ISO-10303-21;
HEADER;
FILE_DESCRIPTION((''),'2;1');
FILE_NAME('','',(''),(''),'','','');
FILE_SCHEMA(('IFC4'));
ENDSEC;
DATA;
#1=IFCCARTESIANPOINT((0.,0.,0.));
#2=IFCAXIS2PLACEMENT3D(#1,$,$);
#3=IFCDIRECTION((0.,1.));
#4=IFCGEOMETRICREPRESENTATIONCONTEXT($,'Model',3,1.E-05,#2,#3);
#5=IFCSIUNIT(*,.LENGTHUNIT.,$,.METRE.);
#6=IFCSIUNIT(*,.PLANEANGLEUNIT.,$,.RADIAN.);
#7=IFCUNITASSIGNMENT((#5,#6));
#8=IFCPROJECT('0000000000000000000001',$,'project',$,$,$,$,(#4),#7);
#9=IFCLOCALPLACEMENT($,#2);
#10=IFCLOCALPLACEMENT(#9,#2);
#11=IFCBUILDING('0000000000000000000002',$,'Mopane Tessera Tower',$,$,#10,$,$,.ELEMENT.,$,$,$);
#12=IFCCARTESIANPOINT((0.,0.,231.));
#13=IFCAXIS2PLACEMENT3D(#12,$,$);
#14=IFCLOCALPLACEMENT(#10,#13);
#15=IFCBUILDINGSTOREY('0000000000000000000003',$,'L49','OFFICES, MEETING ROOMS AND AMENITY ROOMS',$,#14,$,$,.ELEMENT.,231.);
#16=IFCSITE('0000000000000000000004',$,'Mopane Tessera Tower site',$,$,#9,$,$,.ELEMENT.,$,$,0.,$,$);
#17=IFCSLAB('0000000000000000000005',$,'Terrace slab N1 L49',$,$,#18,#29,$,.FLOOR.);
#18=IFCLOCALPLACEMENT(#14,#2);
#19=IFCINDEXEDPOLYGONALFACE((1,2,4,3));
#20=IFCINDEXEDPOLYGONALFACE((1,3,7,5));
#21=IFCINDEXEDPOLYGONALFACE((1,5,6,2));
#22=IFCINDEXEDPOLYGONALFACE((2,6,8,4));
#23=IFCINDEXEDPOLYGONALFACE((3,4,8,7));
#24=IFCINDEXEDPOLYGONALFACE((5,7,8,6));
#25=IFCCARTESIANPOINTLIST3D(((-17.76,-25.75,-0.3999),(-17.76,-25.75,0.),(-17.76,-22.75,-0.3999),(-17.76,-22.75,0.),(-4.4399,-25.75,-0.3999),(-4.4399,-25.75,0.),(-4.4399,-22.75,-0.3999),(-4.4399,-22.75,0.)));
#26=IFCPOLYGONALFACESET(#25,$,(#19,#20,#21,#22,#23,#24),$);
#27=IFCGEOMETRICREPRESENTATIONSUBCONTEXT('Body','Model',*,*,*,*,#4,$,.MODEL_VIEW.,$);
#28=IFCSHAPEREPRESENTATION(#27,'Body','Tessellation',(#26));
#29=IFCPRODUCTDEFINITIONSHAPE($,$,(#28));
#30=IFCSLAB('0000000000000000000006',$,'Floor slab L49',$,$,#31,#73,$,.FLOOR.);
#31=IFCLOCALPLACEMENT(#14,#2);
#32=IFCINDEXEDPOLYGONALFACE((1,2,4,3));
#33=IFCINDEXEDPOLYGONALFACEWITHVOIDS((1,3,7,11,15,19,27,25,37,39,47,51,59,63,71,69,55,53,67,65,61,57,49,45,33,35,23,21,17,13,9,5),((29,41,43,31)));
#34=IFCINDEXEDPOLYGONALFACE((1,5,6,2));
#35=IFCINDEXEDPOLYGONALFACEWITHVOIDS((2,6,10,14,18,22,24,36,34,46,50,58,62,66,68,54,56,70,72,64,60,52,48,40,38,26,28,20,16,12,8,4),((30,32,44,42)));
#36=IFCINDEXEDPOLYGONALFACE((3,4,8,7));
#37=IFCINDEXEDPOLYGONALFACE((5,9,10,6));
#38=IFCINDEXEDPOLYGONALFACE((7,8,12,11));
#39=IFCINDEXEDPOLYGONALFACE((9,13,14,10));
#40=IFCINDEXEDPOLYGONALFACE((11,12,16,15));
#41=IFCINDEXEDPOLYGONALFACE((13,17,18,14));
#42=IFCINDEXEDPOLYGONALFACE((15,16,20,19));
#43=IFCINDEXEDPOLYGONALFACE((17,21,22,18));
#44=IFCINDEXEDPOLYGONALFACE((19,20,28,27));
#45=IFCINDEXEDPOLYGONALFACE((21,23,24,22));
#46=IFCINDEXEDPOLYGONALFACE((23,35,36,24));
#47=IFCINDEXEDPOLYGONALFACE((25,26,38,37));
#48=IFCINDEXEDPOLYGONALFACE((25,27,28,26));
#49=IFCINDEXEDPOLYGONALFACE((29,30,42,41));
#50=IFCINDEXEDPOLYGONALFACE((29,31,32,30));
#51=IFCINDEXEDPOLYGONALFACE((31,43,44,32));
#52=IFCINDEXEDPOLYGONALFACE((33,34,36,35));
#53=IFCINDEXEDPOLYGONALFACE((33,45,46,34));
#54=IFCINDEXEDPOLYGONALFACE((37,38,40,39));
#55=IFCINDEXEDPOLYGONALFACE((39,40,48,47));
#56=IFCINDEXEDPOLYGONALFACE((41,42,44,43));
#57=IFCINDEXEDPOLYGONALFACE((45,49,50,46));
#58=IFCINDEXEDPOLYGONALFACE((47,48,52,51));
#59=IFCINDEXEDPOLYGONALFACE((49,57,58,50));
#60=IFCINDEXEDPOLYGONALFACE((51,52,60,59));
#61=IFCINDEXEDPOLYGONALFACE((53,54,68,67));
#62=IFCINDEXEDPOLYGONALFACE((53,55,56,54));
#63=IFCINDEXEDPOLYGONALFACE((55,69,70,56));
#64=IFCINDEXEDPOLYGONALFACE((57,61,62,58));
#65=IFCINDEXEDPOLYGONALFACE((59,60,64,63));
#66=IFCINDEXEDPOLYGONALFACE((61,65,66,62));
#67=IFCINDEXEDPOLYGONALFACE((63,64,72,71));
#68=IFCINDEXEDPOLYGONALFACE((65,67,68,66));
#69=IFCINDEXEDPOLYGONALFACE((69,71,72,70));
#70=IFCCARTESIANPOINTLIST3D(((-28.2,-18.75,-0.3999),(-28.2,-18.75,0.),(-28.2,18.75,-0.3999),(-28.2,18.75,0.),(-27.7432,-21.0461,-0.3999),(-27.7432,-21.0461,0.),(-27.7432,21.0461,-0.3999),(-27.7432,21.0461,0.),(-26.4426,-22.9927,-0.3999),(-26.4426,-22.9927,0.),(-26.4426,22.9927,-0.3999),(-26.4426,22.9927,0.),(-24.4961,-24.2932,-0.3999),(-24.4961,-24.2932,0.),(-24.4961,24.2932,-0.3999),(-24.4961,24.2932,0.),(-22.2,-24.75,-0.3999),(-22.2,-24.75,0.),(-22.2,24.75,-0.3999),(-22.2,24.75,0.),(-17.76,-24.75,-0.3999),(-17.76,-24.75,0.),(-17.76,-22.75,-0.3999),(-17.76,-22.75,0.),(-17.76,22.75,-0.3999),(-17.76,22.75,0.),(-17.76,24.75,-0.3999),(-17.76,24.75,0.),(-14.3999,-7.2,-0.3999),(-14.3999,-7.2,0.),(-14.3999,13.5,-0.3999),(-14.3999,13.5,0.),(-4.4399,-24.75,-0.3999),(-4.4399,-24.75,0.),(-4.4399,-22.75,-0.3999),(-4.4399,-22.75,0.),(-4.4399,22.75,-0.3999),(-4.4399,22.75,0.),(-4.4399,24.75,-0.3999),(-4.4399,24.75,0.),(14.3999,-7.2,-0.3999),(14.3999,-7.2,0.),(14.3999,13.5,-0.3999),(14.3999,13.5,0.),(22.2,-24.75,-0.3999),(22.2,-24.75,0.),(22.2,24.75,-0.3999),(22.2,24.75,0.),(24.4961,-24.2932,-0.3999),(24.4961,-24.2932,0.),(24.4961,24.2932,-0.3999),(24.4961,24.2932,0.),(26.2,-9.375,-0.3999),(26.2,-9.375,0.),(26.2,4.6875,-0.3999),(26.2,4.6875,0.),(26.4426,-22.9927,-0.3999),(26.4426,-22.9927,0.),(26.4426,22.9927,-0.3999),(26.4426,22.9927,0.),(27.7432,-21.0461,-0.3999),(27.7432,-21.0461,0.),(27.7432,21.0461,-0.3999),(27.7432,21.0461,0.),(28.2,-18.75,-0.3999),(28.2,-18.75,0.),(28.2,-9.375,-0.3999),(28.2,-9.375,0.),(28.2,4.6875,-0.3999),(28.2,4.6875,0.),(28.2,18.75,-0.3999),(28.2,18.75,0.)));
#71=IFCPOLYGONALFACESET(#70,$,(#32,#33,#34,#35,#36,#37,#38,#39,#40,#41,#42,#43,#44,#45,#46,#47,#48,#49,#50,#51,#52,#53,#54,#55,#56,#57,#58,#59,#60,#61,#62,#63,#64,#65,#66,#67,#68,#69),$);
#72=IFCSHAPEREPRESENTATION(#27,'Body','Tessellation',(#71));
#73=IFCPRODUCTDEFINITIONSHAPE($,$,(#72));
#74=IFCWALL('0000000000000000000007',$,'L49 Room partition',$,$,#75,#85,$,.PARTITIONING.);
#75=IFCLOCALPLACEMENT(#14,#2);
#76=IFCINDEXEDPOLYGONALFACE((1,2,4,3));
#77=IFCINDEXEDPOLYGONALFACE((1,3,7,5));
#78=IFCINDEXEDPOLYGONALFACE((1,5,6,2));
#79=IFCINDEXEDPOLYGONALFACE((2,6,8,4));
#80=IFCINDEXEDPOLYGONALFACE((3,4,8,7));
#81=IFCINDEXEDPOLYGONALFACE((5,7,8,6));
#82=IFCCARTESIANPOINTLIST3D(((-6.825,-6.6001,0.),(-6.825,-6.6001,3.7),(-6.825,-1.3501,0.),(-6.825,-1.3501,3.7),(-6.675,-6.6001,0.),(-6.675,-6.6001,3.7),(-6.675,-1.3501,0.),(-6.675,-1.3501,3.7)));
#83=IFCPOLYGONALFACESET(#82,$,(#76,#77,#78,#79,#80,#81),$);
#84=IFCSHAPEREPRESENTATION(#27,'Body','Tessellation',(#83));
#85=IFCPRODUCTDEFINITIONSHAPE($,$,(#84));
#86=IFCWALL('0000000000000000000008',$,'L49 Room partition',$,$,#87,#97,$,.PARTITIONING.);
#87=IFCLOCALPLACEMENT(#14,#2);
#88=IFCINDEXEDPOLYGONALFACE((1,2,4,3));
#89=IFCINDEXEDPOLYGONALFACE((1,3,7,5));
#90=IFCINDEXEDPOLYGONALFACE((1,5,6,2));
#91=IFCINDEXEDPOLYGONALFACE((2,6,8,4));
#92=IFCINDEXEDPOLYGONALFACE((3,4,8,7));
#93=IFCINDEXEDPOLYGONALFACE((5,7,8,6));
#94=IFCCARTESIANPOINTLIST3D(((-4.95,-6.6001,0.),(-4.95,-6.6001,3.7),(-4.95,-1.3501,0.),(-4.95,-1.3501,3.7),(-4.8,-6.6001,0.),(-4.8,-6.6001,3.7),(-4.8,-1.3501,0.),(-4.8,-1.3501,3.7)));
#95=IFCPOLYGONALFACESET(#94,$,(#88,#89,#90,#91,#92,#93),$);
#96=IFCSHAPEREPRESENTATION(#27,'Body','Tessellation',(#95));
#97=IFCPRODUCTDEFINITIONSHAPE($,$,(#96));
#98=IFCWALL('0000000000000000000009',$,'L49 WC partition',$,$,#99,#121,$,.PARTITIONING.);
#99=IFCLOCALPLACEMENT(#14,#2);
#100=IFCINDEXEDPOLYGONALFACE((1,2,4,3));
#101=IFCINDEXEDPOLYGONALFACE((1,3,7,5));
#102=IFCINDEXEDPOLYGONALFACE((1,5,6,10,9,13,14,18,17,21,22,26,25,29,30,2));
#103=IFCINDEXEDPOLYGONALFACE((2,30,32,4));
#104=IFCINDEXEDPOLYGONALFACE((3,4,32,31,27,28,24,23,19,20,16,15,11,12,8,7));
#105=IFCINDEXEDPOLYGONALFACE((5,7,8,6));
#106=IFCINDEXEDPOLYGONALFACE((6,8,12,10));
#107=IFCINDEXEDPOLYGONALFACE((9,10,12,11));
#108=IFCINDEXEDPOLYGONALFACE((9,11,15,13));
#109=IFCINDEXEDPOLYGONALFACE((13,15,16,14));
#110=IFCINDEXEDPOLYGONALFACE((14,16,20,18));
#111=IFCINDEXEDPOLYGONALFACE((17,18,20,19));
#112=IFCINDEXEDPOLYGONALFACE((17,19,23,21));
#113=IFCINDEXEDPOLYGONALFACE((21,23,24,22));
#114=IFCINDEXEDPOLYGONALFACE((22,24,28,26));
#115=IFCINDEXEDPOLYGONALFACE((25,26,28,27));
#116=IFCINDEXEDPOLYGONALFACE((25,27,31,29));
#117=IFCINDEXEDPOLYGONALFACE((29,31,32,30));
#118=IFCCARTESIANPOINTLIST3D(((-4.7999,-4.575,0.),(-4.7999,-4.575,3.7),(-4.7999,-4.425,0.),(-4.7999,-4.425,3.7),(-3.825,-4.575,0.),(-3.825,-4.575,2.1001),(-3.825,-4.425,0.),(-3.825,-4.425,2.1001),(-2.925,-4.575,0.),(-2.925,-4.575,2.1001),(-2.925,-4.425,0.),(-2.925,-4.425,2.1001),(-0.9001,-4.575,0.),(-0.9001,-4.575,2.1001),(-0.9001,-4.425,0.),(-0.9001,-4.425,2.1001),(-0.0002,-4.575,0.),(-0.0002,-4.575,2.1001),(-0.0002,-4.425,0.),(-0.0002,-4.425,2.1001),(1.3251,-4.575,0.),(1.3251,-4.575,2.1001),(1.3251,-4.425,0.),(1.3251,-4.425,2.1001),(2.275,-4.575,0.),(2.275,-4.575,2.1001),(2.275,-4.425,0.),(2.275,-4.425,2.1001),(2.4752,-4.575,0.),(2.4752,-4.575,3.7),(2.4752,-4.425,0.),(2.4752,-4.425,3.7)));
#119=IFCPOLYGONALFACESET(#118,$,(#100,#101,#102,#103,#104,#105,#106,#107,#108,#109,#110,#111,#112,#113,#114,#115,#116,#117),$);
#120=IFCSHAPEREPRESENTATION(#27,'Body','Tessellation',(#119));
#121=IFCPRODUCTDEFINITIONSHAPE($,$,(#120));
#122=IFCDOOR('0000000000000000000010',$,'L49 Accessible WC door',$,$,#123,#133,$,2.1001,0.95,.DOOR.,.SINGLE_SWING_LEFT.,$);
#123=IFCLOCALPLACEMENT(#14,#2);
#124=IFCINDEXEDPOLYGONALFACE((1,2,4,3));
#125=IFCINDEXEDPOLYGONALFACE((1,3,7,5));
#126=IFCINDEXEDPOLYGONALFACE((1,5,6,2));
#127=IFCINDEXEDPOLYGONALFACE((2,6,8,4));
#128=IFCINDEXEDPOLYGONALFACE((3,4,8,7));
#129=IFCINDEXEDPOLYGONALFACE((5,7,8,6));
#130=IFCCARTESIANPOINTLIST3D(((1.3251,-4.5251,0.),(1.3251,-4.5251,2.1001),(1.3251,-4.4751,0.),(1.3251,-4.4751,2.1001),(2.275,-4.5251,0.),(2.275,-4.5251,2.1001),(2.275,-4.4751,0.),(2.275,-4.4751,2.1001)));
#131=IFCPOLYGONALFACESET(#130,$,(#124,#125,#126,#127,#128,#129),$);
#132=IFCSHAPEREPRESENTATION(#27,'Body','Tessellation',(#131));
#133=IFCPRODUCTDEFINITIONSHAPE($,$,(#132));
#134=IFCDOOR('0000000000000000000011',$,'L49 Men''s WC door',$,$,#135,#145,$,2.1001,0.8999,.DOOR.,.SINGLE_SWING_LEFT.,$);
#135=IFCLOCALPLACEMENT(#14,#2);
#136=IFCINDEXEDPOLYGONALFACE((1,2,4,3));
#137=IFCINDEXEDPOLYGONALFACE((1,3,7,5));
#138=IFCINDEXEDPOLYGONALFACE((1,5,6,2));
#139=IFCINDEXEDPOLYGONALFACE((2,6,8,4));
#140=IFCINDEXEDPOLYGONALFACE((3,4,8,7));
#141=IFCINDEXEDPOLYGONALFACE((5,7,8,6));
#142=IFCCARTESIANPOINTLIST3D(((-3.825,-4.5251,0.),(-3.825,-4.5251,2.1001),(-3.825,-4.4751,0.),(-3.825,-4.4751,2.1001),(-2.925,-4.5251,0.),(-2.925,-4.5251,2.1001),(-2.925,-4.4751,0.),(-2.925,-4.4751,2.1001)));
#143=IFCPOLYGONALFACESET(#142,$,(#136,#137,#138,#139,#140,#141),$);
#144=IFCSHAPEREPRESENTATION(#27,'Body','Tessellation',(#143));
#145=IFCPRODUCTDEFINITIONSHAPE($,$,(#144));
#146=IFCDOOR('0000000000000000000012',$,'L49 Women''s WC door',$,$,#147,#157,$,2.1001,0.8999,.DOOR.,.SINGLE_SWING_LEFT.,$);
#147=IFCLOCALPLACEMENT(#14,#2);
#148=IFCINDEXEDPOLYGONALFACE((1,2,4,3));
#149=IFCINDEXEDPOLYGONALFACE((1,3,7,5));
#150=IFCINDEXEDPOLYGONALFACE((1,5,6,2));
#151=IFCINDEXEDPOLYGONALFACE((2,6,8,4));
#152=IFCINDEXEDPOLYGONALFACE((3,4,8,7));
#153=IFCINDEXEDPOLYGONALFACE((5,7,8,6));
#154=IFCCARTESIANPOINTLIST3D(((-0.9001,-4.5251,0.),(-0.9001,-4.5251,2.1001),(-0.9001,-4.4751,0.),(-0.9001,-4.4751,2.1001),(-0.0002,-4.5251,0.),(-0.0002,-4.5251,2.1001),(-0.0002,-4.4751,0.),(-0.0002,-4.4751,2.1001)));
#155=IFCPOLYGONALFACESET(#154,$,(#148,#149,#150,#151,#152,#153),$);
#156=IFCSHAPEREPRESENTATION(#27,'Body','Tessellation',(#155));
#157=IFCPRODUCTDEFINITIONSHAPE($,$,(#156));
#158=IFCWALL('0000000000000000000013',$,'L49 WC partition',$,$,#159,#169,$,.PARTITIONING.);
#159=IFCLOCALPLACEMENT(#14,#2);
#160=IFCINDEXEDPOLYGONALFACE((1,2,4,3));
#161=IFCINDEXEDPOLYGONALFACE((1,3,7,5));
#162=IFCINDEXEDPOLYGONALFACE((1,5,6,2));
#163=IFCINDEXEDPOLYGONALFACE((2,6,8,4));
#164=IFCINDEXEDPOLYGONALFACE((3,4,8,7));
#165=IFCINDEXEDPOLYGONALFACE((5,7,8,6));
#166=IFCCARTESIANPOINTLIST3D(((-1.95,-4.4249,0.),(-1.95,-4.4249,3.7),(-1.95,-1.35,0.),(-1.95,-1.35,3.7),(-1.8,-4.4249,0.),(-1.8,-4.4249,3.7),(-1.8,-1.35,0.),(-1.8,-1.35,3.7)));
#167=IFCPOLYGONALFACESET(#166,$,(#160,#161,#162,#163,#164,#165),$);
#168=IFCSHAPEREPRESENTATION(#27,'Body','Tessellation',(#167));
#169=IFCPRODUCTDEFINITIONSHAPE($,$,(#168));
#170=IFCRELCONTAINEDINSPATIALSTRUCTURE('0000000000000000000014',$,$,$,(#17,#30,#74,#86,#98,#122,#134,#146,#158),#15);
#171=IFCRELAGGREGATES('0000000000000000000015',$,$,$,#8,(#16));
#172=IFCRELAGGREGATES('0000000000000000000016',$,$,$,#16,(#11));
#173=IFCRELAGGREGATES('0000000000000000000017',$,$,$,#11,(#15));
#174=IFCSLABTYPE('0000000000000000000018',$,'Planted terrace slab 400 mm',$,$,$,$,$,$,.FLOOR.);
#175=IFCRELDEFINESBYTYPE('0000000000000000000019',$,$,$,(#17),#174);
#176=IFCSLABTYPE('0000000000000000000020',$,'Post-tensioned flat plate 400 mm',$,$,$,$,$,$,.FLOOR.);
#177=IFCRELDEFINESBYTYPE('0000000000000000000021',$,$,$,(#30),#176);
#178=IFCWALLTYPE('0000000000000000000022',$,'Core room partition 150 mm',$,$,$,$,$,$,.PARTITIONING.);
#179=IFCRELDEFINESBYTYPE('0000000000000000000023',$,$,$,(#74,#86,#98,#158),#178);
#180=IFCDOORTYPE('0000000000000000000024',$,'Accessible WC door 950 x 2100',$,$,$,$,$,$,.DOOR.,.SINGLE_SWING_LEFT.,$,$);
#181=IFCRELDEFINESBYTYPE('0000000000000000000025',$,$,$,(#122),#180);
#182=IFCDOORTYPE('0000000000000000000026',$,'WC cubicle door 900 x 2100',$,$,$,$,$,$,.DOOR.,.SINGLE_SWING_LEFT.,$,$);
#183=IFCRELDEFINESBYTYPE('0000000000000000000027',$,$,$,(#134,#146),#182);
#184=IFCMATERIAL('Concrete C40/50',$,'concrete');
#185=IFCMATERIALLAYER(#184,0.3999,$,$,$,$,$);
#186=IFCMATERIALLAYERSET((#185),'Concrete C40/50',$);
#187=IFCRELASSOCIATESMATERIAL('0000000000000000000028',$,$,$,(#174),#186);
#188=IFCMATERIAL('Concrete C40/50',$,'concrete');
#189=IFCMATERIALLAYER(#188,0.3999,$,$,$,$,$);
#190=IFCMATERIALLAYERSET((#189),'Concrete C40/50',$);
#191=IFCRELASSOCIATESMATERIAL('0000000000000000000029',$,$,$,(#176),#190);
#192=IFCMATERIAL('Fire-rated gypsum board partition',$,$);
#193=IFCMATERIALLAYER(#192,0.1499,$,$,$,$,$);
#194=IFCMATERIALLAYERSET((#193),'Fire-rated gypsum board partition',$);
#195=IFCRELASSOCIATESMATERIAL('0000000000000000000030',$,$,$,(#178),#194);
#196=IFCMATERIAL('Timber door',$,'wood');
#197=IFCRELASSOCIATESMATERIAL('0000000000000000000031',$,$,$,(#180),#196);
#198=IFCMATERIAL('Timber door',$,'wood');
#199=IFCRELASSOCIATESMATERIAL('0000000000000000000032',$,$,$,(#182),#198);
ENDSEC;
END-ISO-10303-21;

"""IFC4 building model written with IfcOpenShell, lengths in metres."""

from ifc_helpers import new_model, si_unit, direction, frame, frame_2d, origin, place, context, subcontext, project, spatial, polyline, rectangle, outline, extrude, material, layer, layer_set, type_object, element, fill, save


model = new_model("IFC4")

# Units and contexts
model_context = context("Model", 3, precision=1e-05, world=origin(), true_north=direction((0.0, 1.0)))
body_context = subcontext(model_context, "Body", "Model", "MODEL_VIEW")
ifc_project = project(units=[si_unit("LENGTHUNIT", "METRE"), si_unit("PLANEANGLEUNIT", "RADIAN")], contexts=[model_context])

# Site, building, storey
site_placement = place(None, origin())
site = spatial("IfcSite", under=ifc_project, at=site_placement, Name="Mopane Tessera Tower site", CompositionType="ELEMENT", RefElevation=0.0)
building_placement = place(site_placement, origin())
building = spatial("IfcBuilding", under=site, at=building_placement, Name="Mopane Tessera Tower", CompositionType="ELEMENT")
storey_placement = place(building_placement, frame((0.0, 0.0, 231.0)))
storey = spatial("IfcBuildingStorey", under=building, at=storey_placement, Name="L49", Description="OFFICES, MEETING ROOMS AND AMENITY ROOMS", CompositionType="ELEMENT", Elevation=231.0)

# Slabs
ifc_material_1 = material(Name="Concrete C40/50", Category="concrete")
ifc_layer_1 = layer(ifc_material_1, 0.3999)
ifc_layer_set_1 = layer_set([ifc_layer_1], Name="Concrete C40/50")
slab_type_1 = type_object("IfcSlabType", Name="Planted terrace slab 400 mm", PredefinedType="FLOOR", material=ifc_layer_set_1)
slab_1_placement = place(storey_placement, frame((0.0, 0.0, -0.3999)))
element("IfcSlab", 1, at=slab_1_placement, inside=storey, type_object=slab_type_1, Name="Terrace slab N1 L49", PredefinedType="FLOOR", context=body_context, shape_type="SweptSolid", body=[
    extrude(outline(polyline([(-4.4399, -25.75), (-4.4399, -22.75), (-17.76, -22.75), (-17.76, -25.75), (-4.4399, -25.75)])), origin(), (0.0, 0.0, 1.0), 0.3999),
])
ifc_material_2 = material(Name="Concrete C40/50", Category="concrete")
ifc_layer_2 = layer(ifc_material_2, 0.3999)
ifc_layer_set_2 = layer_set([ifc_layer_2], Name="Concrete C40/50")
slab_type_2 = type_object("IfcSlabType", Name="Post-tensioned flat plate 400 mm", PredefinedType="FLOOR", material=ifc_layer_set_2)
slab_2_placement = place(storey_placement, frame((0.0, 0.0, -0.3999)))
element("IfcSlab", 2, at=slab_2_placement, inside=storey, type_object=slab_type_2, Name="Floor slab L49", PredefinedType="FLOOR", context=body_context, shape_type="SweptSolid", body=[
    extrude(outline(polyline([(-22.2, -24.75), (-17.76, -24.75), (-17.76, -22.75), (-4.4399, -22.75), (-4.4399, -24.75), (22.2, -24.75), (24.4961, -24.2932), (26.4426, -22.9927), (27.7432, -21.0461), (28.2, -18.75), (28.2, -9.375), (26.2, -9.375), (26.2, 4.6875), (28.2, 4.6875), (28.2, 18.75), (27.7432, 21.0461), (26.4426, 22.9927), (24.4961, 24.2932), (22.2, 24.75), (-4.4399, 24.75), (-4.4399, 22.75), (-17.76, 22.75), (-17.76, 24.75), (-22.2, 24.75), (-24.4961, 24.2932), (-26.4426, 22.9927), (-27.7432, 21.0461), (-28.2, 18.75), (-28.2, -18.75), (-27.7432, -21.0461), (-26.4426, -22.9927), (-24.4961, -24.2932), (-22.2, -24.75)]), holes=[polyline([(14.3999, -7.2), (-14.3999, -7.2), (-14.3999, 13.5), (14.3999, 13.5), (14.3999, -7.2)])]), origin(), (0.0, 0.0, 1.0), 0.3999),
])

# Walls
ifc_material_3 = material(Name="Fire-rated gypsum board partition")
ifc_layer_3 = layer(ifc_material_3, 0.1499)
ifc_layer_set_3 = layer_set([ifc_layer_3], Name="Fire-rated gypsum board partition")
wall_type_1 = type_object("IfcWallType", Name="Core room partition 150 mm", PredefinedType="PARTITIONING", material=ifc_layer_set_3)
for number, where, z_axis, x_axis, name in (
    (3, (-6.75, -6.6001, 0.0), (0.0, 0.0, 1.0), (0.0, 1.0, 0.0), "L49 Room partition"),
    (4, (-4.875, -6.6001, 0.0), (0.0, 0.0, 1.0), (0.0, 1.0, 0.0), "L49 Room partition"),
):
    element("IfcWall", number, at=place(storey_placement, frame(where, z_axis=z_axis, x_axis=x_axis)), inside=storey, type_object=wall_type_1, Name=name, PredefinedType="PARTITIONING", context=body_context, shape_type="SweptSolid", body=[
        extrude(rectangle(XDim=5.25, YDim=0.1499, at=frame_2d((2.625, 0.0))), origin(), (0.0, 0.0, 1.0), 3.7),
    ])

# Wall, openings, doors
wall_1_placement = place(storey_placement, frame((-4.8, -4.5, 0.0), z_axis=(0.0, 0.0, 1.0), x_axis=(1.0, 0.0, 0.0)))
wall_1 = element("IfcWall", 5, at=wall_1_placement, inside=storey, type_object=wall_type_1, Name="L49 WC partition", PredefinedType="PARTITIONING", context=body_context, shape_type="SweptSolid", body=[
    extrude(rectangle(XDim=7.2751, YDim=0.1499, at=frame_2d((3.6377, 0.0))), origin(), (0.0, 0.0, 1.0), 3.7),
])
opening_1_placement = place(wall_1_placement, frame((0.9751, 0.0, 0.0)))
opening_1 = element("IfcOpeningElement", 6, at=opening_1_placement, cuts=wall_1, PredefinedType="OPENING", context=body_context, shape_type="SweptSolid", body=[
    extrude(rectangle(XDim=0.8999, YDim=2.1001, at=frame_2d((0.45, 1.05))), frame((0.0, 0.0869, 0.0), z_axis=(0.0, -1.0, 0.0), x_axis=(1.0, 0.0, 0.0)), (0.0, 0.0, 1.0), 0.1738),
])
opening_2_placement = place(wall_1_placement, frame((3.8999, 0.0, 0.0)))
opening_2 = element("IfcOpeningElement", 7, at=opening_2_placement, cuts=wall_1, PredefinedType="OPENING", context=body_context, shape_type="SweptSolid", body=[
    extrude(rectangle(XDim=0.8999, YDim=2.1001, at=frame_2d((0.45, 1.05))), frame((0.0, 0.0869, 0.0), z_axis=(0.0, -1.0, 0.0), x_axis=(1.0, 0.0, 0.0)), (0.0, 0.0, 1.0), 0.1738),
])
opening_3_placement = place(wall_1_placement, frame((6.125, 0.0, 0.0)))
opening_3 = element("IfcOpeningElement", 8, at=opening_3_placement, cuts=wall_1, PredefinedType="OPENING", context=body_context, shape_type="SweptSolid", body=[
    extrude(rectangle(XDim=0.95, YDim=2.1001, at=frame_2d((0.4751, 1.05))), frame((0.0, 0.0869, 0.0), z_axis=(0.0, -1.0, 0.0), x_axis=(1.0, 0.0, 0.0)), (0.0, 0.0, 1.0), 0.1738),
])
ifc_material_4 = material(Name="Timber door", Category="wood")
door_type_1 = type_object("IfcDoorType", Name="Accessible WC door 950 x 2100", OperationType="SINGLE_SWING_LEFT", PredefinedType="DOOR", material=ifc_material_4)
door_1_placement = place(opening_3_placement, origin())
door_1 = element("IfcDoor", 9, at=door_1_placement, inside=storey, type_object=door_type_1, Name="L49 Accessible WC door", OperationType="SINGLE_SWING_LEFT", OverallHeight=2.1001, OverallWidth=0.95, PredefinedType="DOOR", context=body_context, shape_type="SweptSolid", body=[
    extrude(rectangle(XDim=0.95, YDim=2.1001, at=frame_2d((0.4751, 1.05))), frame((0.0, 0.0249, 0.0), z_axis=(0.0, -1.0, 0.0), x_axis=(1.0, 0.0, 0.0)), (0.0, 0.0, 1.0), 0.05),
])
fill(opening_3, door_1)
ifc_material_5 = material(Name="Timber door", Category="wood")
door_type_2 = type_object("IfcDoorType", Name="WC cubicle door 900 x 2100", OperationType="SINGLE_SWING_LEFT", PredefinedType="DOOR", material=ifc_material_5)
door_2_placement = place(opening_1_placement, origin())
door_2 = element("IfcDoor", 10, at=door_2_placement, inside=storey, type_object=door_type_2, Name="L49 Men's WC door", OperationType="SINGLE_SWING_LEFT", OverallHeight=2.1001, OverallWidth=0.8999, PredefinedType="DOOR", context=body_context, shape_type="SweptSolid", body=[
    extrude(rectangle(XDim=0.8999, YDim=2.1001, at=frame_2d((0.45, 1.05))), frame((0.0, 0.0249, 0.0), z_axis=(0.0, -1.0, 0.0), x_axis=(1.0, 0.0, 0.0)), (0.0, 0.0, 1.0), 0.05),
])
fill(opening_1, door_2)
door_3_placement = place(opening_2_placement, origin())
door_3 = element("IfcDoor", 11, at=door_3_placement, inside=storey, type_object=door_type_2, Name="L49 Women's WC door", OperationType="SINGLE_SWING_LEFT", OverallHeight=2.1001, OverallWidth=0.8999, PredefinedType="DOOR", context=body_context, shape_type="SweptSolid", body=[
    extrude(rectangle(XDim=0.8999, YDim=2.1001, at=frame_2d((0.45, 1.05))), frame((0.0, 0.0249, 0.0), z_axis=(0.0, -1.0, 0.0), x_axis=(1.0, 0.0, 0.0)), (0.0, 0.0, 1.0), 0.05),
])
fill(opening_2, door_3)

# Wall
wall_2_placement = place(storey_placement, frame((-1.875, -4.425, 0.0), z_axis=(0.0, 0.0, 1.0), x_axis=(0.0, 1.0, 0.0)))
element("IfcWall", 12, at=wall_2_placement, inside=storey, type_object=wall_type_1, Name="L49 WC partition", PredefinedType="PARTITIONING", context=body_context, shape_type="SweptSolid", body=[
    extrude(rectangle(XDim=3.075, YDim=0.1499, at=frame_2d((1.5376, 0.0))), origin(), (0.0, 0.0, 1.0), 3.7),
])

save(model, "model.ifc")
